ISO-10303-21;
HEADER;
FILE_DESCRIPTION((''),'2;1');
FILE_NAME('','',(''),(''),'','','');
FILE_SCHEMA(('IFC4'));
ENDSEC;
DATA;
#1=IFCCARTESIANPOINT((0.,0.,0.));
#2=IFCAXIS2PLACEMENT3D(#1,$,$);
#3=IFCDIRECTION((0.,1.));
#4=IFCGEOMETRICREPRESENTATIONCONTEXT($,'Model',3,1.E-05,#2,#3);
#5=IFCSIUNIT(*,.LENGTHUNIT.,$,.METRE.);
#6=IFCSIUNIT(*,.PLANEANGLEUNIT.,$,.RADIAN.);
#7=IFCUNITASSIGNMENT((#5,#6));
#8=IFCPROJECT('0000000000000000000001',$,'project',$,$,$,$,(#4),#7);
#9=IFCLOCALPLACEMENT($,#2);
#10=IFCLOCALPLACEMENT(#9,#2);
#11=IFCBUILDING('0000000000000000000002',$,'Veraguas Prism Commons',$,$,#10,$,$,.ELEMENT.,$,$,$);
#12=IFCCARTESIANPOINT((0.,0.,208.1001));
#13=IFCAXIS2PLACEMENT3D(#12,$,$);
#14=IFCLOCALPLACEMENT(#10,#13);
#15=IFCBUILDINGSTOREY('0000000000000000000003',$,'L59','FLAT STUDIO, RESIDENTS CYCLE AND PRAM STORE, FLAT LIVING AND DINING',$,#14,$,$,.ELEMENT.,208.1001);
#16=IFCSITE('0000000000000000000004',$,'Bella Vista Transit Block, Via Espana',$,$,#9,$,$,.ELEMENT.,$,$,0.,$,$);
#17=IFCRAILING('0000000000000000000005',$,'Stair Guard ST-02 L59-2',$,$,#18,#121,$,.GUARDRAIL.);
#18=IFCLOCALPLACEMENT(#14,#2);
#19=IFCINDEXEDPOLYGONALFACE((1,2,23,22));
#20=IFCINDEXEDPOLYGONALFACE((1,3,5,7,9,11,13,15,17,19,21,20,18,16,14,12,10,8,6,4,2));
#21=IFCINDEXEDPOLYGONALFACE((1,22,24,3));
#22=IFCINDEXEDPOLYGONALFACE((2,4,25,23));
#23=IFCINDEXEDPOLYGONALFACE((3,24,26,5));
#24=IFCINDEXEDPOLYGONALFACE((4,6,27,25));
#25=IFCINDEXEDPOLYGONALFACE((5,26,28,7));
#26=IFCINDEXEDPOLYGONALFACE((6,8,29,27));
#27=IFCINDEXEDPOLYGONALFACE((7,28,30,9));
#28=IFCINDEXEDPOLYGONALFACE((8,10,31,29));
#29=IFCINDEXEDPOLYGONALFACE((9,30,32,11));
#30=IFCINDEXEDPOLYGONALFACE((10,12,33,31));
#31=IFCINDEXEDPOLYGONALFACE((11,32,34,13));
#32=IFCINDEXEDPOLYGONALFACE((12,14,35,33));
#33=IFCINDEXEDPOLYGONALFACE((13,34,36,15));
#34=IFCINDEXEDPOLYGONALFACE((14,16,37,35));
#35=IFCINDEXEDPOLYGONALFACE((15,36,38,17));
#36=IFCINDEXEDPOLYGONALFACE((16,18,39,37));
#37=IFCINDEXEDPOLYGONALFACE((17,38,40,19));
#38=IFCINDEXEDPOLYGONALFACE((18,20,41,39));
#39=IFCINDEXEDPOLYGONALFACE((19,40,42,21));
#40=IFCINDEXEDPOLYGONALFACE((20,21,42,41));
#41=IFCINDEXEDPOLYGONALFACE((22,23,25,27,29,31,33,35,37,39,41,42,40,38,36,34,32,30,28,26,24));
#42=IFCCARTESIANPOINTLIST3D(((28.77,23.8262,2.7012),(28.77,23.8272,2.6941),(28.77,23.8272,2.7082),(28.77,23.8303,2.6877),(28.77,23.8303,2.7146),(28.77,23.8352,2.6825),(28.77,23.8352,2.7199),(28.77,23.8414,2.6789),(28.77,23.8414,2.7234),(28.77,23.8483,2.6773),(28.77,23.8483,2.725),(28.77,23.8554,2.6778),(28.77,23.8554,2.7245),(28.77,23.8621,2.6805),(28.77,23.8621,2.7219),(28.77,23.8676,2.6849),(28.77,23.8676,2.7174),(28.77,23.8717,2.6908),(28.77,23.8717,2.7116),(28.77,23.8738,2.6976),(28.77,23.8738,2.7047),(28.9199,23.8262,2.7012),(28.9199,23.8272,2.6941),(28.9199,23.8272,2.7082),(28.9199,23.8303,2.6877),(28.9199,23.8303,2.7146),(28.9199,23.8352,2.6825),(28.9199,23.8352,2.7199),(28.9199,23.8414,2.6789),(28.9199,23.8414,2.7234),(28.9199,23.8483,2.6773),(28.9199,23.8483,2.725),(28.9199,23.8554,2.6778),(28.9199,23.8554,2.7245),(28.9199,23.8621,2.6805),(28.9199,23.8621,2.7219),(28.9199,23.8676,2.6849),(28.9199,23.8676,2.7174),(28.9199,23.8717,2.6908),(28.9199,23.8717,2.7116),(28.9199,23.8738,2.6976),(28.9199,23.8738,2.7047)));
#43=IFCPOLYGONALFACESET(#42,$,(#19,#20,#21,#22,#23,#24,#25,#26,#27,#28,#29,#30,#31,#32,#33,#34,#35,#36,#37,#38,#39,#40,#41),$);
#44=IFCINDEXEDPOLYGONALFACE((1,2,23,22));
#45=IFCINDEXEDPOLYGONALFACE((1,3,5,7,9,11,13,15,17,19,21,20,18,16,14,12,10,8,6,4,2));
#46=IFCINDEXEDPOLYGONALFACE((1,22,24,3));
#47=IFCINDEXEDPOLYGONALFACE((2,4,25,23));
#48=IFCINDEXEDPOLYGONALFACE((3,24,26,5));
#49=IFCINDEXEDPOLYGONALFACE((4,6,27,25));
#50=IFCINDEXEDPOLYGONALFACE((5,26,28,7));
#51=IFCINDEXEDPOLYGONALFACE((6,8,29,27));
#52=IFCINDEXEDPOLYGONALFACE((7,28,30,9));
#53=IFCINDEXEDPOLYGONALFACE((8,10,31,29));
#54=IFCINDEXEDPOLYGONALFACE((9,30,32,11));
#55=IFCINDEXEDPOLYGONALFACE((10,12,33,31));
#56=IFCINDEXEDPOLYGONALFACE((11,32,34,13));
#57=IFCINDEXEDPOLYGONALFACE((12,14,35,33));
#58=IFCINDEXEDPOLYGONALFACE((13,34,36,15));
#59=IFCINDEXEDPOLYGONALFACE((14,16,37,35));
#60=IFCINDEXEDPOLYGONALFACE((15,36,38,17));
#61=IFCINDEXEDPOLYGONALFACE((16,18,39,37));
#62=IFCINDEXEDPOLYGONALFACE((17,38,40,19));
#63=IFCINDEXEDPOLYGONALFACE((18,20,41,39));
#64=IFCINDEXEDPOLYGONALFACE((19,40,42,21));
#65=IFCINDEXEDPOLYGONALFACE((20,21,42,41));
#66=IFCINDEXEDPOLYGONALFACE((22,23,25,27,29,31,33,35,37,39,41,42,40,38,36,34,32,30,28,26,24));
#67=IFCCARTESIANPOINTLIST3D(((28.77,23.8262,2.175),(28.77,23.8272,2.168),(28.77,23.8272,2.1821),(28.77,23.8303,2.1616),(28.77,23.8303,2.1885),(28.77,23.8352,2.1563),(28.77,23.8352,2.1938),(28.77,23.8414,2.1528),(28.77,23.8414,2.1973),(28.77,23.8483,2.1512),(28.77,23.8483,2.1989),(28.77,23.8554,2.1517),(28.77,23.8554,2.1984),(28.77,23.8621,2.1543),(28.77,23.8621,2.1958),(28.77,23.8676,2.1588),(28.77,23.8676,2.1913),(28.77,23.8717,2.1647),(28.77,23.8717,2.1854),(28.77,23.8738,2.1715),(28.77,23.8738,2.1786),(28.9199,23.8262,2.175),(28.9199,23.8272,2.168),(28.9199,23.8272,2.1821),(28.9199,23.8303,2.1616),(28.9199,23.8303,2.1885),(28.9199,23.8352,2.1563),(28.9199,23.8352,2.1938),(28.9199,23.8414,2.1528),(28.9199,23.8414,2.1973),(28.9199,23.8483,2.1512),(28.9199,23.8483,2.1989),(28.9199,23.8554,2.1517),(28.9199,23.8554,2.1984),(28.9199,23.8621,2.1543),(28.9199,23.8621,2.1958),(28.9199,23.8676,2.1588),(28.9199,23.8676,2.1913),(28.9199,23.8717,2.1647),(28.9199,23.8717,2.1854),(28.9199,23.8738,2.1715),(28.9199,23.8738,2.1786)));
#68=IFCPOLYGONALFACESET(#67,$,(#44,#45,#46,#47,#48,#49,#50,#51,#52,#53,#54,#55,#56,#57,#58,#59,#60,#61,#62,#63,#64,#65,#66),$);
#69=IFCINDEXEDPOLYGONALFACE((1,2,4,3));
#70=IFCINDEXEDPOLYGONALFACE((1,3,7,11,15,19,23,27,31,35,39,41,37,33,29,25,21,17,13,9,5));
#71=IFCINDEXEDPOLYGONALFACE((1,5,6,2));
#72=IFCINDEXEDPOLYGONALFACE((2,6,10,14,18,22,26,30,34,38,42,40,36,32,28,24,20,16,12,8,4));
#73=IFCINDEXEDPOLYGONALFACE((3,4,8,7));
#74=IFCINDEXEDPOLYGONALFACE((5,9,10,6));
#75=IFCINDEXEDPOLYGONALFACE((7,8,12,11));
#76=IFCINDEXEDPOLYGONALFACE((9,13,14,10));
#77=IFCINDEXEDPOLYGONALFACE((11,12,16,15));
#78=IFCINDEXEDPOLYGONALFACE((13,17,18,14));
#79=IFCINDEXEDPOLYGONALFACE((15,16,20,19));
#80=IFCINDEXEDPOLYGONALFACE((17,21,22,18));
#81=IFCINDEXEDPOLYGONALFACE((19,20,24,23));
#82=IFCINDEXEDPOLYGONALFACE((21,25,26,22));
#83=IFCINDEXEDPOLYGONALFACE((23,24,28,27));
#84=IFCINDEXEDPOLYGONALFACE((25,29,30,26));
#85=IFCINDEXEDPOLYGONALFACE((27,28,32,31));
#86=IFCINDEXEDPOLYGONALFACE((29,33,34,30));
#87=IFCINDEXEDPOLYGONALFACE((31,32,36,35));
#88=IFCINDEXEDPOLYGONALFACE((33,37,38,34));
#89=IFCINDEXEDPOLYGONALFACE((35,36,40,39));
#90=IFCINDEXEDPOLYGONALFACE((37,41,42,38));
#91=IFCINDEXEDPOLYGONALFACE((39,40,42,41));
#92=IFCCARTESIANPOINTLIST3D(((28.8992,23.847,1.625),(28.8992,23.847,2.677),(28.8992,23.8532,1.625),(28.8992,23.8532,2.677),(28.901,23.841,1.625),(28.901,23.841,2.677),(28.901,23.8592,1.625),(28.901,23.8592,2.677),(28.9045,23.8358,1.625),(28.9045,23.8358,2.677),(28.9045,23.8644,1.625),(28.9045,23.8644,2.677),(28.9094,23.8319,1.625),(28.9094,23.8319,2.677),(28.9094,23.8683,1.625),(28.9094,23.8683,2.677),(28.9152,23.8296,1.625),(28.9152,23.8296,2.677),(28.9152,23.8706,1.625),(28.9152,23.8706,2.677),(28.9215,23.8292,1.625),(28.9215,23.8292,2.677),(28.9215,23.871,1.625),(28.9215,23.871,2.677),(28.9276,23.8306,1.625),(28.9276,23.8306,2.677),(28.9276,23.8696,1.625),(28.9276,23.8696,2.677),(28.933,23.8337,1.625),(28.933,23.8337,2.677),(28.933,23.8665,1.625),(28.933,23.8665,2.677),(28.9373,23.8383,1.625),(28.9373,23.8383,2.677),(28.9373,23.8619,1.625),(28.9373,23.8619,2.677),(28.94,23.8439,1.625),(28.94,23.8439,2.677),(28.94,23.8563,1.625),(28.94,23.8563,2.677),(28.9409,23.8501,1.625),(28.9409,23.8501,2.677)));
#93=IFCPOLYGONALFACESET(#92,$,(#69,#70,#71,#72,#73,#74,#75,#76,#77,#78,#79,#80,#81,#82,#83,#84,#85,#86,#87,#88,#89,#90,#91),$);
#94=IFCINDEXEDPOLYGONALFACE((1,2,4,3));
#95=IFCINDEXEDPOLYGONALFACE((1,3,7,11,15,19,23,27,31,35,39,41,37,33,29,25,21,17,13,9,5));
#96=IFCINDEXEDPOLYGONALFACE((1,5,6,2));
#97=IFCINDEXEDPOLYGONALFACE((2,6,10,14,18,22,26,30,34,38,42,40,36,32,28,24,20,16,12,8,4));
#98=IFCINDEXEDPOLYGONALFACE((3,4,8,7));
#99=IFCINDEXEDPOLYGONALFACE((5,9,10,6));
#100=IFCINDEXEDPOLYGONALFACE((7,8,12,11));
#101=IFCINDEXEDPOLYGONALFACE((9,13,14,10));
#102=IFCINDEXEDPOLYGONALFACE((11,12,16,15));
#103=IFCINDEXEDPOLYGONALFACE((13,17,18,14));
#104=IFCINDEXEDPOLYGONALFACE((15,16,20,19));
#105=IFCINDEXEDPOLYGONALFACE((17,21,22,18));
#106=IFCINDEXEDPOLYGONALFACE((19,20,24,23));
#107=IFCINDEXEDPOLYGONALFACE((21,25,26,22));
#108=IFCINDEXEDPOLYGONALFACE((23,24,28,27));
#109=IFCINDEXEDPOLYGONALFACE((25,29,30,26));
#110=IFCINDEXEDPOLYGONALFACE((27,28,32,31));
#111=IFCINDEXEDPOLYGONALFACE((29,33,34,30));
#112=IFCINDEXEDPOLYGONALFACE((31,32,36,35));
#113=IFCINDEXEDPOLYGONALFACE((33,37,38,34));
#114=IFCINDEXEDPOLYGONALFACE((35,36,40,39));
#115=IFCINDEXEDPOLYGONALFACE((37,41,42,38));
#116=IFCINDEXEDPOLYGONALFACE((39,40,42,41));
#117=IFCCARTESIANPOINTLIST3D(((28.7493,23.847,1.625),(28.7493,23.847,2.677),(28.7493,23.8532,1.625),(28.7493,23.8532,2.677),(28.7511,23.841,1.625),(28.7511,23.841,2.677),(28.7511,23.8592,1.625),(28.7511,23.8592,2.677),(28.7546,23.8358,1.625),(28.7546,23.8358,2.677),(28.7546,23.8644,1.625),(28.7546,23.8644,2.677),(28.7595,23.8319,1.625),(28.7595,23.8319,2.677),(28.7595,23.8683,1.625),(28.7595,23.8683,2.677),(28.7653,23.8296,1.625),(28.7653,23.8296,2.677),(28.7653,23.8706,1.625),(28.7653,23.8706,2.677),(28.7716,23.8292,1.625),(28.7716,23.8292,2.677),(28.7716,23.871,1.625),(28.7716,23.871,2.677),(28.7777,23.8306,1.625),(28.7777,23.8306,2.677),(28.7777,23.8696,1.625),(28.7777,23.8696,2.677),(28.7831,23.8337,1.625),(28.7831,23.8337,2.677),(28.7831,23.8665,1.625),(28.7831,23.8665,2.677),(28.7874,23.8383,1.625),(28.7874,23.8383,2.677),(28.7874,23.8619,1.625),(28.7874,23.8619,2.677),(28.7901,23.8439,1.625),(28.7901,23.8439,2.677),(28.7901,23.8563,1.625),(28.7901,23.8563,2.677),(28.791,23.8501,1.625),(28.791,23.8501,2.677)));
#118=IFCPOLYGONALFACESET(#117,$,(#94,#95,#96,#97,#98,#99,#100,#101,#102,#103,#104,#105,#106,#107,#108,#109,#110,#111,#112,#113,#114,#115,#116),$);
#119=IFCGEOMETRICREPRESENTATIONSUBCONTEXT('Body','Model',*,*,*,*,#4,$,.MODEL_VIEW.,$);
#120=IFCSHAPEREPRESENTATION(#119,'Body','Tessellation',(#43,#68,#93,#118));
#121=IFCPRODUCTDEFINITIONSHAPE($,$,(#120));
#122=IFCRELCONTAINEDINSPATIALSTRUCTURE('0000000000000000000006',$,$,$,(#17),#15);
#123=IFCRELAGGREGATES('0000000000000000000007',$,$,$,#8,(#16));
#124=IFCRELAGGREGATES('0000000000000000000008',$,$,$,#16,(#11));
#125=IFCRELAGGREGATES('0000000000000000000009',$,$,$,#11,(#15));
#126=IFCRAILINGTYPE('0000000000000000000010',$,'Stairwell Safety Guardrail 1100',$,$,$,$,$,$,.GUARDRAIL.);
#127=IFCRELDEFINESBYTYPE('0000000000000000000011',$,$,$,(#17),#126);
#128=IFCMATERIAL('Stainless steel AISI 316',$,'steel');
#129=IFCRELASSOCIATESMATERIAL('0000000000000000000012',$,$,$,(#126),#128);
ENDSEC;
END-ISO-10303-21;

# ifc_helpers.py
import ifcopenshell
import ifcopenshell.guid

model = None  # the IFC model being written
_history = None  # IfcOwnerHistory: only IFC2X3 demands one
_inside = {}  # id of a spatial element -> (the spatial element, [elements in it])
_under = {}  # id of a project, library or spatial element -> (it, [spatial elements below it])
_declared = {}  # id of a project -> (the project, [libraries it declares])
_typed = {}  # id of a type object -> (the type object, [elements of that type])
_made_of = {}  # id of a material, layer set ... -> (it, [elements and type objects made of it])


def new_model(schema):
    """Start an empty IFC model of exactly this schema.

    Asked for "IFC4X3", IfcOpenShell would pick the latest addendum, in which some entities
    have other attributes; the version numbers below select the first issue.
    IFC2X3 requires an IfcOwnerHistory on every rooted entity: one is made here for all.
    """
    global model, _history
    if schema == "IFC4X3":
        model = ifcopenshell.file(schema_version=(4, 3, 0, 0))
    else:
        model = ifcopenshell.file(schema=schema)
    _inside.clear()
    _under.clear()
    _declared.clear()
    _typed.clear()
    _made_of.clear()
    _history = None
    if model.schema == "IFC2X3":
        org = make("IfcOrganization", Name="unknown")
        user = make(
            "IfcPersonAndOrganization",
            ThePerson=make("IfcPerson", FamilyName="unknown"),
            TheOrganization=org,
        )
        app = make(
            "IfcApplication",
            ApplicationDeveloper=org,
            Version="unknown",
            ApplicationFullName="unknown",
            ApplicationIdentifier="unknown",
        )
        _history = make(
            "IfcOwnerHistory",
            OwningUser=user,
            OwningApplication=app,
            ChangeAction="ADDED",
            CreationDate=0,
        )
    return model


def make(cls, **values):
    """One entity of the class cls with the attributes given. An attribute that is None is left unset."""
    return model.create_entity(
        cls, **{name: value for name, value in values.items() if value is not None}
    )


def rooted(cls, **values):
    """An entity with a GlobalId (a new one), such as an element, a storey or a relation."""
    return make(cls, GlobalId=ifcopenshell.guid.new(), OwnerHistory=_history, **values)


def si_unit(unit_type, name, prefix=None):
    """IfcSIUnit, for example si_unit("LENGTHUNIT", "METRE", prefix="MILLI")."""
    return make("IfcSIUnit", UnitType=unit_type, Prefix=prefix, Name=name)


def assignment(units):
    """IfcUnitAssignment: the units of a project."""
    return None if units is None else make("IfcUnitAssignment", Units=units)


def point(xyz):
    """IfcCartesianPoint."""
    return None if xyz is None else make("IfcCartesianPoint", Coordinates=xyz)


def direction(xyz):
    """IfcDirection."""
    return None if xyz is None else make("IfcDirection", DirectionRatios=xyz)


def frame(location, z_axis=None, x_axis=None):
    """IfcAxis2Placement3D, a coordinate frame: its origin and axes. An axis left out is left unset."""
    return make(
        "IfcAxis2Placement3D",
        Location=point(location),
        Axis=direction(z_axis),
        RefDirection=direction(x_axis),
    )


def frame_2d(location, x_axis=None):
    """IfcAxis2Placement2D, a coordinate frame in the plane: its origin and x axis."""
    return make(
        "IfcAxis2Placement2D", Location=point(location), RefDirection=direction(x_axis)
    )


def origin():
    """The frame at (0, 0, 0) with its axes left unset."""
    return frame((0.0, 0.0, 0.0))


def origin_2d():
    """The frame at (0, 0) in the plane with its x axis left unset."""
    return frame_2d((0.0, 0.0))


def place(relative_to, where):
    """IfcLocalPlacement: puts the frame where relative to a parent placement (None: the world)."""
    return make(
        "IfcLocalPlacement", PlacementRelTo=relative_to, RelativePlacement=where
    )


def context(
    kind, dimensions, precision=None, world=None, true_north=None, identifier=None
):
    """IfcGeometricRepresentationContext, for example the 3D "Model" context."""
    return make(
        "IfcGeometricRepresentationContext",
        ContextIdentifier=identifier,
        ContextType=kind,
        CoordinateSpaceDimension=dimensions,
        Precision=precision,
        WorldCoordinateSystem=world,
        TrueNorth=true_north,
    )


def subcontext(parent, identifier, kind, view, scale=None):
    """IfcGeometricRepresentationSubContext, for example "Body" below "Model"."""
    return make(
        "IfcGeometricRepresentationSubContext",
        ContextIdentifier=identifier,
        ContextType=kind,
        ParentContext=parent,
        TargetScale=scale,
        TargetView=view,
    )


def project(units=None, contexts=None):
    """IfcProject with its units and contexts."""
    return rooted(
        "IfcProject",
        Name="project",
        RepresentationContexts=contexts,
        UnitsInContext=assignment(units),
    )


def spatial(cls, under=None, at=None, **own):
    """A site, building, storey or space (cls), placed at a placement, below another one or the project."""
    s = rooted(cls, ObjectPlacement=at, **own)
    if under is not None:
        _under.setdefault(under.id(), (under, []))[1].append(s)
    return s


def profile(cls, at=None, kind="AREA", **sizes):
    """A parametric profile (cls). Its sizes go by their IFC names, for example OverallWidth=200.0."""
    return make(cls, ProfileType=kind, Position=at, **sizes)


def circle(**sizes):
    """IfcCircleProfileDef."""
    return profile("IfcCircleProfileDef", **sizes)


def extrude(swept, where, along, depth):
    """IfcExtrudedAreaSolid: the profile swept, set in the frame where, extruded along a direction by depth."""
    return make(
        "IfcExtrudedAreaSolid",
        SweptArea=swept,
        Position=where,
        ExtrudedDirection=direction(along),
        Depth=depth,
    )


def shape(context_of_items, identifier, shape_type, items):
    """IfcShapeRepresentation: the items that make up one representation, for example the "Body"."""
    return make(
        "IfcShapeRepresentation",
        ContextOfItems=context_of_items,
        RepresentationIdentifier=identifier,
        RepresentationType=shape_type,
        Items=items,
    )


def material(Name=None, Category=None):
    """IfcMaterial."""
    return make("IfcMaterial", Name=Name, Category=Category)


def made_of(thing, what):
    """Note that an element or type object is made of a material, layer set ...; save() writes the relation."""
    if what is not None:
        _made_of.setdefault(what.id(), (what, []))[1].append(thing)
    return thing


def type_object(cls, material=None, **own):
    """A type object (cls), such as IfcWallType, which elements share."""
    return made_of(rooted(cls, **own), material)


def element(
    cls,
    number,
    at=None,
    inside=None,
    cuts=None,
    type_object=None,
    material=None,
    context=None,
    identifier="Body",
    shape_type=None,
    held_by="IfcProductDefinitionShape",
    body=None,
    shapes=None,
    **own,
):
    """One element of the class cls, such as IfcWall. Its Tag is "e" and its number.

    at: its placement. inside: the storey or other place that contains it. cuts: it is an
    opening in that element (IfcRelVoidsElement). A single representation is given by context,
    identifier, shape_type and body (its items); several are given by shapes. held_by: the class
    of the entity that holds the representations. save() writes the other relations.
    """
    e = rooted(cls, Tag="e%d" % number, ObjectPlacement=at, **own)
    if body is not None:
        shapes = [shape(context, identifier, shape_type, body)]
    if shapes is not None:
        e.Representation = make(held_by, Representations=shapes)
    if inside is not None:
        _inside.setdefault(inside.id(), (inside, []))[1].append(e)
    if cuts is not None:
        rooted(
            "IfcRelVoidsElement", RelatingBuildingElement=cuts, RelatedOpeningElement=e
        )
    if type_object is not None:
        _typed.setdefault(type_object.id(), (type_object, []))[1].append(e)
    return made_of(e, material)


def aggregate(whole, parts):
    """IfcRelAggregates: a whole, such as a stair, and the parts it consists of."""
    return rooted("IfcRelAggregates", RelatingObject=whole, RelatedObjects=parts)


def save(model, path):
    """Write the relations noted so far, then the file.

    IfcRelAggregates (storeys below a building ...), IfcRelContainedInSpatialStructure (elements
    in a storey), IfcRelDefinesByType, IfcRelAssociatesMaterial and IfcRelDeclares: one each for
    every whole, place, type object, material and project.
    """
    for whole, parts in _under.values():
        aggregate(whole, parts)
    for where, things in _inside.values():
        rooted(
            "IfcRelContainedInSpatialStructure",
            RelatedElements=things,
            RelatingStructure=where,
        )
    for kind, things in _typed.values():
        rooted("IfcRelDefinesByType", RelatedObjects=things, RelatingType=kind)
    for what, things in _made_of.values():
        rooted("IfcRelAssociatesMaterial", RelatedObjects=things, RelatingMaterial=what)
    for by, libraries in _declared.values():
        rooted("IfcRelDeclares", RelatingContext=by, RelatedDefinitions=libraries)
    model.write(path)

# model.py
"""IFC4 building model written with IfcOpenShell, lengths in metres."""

from ifc_helpers import new_model, si_unit, direction, frame, origin, origin_2d, place, context, subcontext, project, spatial, circle, extrude, material, type_object, element, save


model = new_model("IFC4")

# Units and contexts
model_context = context("Model", 3, precision=1e-05, world=origin(), true_north=direction((0.0, 1.0)))
body_context = subcontext(model_context, "Body", "Model", "MODEL_VIEW")
ifc_project = project(units=[si_unit("LENGTHUNIT", "METRE"), si_unit("PLANEANGLEUNIT", "RADIAN")], contexts=[model_context])

# Site, building, storey
site_placement = place(None, origin())
site = spatial("IfcSite", under=ifc_project, at=site_placement, Name="Bella Vista Transit Block, Via Espana", CompositionType="ELEMENT", RefElevation=0.0)
building_placement = place(site_placement, origin())
building = spatial("IfcBuilding", under=site, at=building_placement, Name="Veraguas Prism Commons", CompositionType="ELEMENT")
storey_placement = place(building_placement, frame((0.0, 0.0, 208.1001)))
storey = spatial("IfcBuildingStorey", under=building, at=storey_placement, Name="L59", Description="FLAT STUDIO, RESIDENTS CYCLE AND PRAM STORE, FLAT LIVING AND DINING", CompositionType="ELEMENT", Elevation=208.1001)

# Railing
ifc_material_1 = material(Name="Stainless steel AISI 316", Category="steel")
railing_type_1 = type_object("IfcRailingType", Name="Stairwell Safety Guardrail 1100", PredefinedType="GUARDRAIL", material=ifc_material_1)
railing_1_placement = place(storey_placement, frame((28.9199, 23.8501, 1.625)))
element("IfcRailing", 1, at=railing_1_placement, inside=storey, type_object=railing_type_1, Name="Stair Guard ST-02 L59-2", PredefinedType="GUARDRAIL", context=body_context, shape_type="SweptSolid", body=[
    extrude(circle(Radius=0.0239, at=origin_2d()), frame((0.0, 0.0, 1.0762), z_axis=(-1.0, 0.0, 0.0), x_axis=(0.0, -1.0, 0.0)), (0.0, 0.0, 1.0), 0.1499),
    extrude(circle(Radius=0.0239, at=origin_2d()), frame((0.0, 0.0, 0.55), z_axis=(-1.0, 0.0, 0.0), x_axis=(0.0, -1.0, 0.0)), (0.0, 0.0, 1.0), 0.1499),
    extrude(circle(Radius=0.021, at=origin_2d()), origin(), (0.0, 0.0, 1.0), 1.052),
    extrude(circle(Radius=0.021, at=origin_2d()), frame((-0.1499, 0.0, 0.0)), (0.0, 0.0, 1.0), 1.052),
])

save(model, "model.ifc")
